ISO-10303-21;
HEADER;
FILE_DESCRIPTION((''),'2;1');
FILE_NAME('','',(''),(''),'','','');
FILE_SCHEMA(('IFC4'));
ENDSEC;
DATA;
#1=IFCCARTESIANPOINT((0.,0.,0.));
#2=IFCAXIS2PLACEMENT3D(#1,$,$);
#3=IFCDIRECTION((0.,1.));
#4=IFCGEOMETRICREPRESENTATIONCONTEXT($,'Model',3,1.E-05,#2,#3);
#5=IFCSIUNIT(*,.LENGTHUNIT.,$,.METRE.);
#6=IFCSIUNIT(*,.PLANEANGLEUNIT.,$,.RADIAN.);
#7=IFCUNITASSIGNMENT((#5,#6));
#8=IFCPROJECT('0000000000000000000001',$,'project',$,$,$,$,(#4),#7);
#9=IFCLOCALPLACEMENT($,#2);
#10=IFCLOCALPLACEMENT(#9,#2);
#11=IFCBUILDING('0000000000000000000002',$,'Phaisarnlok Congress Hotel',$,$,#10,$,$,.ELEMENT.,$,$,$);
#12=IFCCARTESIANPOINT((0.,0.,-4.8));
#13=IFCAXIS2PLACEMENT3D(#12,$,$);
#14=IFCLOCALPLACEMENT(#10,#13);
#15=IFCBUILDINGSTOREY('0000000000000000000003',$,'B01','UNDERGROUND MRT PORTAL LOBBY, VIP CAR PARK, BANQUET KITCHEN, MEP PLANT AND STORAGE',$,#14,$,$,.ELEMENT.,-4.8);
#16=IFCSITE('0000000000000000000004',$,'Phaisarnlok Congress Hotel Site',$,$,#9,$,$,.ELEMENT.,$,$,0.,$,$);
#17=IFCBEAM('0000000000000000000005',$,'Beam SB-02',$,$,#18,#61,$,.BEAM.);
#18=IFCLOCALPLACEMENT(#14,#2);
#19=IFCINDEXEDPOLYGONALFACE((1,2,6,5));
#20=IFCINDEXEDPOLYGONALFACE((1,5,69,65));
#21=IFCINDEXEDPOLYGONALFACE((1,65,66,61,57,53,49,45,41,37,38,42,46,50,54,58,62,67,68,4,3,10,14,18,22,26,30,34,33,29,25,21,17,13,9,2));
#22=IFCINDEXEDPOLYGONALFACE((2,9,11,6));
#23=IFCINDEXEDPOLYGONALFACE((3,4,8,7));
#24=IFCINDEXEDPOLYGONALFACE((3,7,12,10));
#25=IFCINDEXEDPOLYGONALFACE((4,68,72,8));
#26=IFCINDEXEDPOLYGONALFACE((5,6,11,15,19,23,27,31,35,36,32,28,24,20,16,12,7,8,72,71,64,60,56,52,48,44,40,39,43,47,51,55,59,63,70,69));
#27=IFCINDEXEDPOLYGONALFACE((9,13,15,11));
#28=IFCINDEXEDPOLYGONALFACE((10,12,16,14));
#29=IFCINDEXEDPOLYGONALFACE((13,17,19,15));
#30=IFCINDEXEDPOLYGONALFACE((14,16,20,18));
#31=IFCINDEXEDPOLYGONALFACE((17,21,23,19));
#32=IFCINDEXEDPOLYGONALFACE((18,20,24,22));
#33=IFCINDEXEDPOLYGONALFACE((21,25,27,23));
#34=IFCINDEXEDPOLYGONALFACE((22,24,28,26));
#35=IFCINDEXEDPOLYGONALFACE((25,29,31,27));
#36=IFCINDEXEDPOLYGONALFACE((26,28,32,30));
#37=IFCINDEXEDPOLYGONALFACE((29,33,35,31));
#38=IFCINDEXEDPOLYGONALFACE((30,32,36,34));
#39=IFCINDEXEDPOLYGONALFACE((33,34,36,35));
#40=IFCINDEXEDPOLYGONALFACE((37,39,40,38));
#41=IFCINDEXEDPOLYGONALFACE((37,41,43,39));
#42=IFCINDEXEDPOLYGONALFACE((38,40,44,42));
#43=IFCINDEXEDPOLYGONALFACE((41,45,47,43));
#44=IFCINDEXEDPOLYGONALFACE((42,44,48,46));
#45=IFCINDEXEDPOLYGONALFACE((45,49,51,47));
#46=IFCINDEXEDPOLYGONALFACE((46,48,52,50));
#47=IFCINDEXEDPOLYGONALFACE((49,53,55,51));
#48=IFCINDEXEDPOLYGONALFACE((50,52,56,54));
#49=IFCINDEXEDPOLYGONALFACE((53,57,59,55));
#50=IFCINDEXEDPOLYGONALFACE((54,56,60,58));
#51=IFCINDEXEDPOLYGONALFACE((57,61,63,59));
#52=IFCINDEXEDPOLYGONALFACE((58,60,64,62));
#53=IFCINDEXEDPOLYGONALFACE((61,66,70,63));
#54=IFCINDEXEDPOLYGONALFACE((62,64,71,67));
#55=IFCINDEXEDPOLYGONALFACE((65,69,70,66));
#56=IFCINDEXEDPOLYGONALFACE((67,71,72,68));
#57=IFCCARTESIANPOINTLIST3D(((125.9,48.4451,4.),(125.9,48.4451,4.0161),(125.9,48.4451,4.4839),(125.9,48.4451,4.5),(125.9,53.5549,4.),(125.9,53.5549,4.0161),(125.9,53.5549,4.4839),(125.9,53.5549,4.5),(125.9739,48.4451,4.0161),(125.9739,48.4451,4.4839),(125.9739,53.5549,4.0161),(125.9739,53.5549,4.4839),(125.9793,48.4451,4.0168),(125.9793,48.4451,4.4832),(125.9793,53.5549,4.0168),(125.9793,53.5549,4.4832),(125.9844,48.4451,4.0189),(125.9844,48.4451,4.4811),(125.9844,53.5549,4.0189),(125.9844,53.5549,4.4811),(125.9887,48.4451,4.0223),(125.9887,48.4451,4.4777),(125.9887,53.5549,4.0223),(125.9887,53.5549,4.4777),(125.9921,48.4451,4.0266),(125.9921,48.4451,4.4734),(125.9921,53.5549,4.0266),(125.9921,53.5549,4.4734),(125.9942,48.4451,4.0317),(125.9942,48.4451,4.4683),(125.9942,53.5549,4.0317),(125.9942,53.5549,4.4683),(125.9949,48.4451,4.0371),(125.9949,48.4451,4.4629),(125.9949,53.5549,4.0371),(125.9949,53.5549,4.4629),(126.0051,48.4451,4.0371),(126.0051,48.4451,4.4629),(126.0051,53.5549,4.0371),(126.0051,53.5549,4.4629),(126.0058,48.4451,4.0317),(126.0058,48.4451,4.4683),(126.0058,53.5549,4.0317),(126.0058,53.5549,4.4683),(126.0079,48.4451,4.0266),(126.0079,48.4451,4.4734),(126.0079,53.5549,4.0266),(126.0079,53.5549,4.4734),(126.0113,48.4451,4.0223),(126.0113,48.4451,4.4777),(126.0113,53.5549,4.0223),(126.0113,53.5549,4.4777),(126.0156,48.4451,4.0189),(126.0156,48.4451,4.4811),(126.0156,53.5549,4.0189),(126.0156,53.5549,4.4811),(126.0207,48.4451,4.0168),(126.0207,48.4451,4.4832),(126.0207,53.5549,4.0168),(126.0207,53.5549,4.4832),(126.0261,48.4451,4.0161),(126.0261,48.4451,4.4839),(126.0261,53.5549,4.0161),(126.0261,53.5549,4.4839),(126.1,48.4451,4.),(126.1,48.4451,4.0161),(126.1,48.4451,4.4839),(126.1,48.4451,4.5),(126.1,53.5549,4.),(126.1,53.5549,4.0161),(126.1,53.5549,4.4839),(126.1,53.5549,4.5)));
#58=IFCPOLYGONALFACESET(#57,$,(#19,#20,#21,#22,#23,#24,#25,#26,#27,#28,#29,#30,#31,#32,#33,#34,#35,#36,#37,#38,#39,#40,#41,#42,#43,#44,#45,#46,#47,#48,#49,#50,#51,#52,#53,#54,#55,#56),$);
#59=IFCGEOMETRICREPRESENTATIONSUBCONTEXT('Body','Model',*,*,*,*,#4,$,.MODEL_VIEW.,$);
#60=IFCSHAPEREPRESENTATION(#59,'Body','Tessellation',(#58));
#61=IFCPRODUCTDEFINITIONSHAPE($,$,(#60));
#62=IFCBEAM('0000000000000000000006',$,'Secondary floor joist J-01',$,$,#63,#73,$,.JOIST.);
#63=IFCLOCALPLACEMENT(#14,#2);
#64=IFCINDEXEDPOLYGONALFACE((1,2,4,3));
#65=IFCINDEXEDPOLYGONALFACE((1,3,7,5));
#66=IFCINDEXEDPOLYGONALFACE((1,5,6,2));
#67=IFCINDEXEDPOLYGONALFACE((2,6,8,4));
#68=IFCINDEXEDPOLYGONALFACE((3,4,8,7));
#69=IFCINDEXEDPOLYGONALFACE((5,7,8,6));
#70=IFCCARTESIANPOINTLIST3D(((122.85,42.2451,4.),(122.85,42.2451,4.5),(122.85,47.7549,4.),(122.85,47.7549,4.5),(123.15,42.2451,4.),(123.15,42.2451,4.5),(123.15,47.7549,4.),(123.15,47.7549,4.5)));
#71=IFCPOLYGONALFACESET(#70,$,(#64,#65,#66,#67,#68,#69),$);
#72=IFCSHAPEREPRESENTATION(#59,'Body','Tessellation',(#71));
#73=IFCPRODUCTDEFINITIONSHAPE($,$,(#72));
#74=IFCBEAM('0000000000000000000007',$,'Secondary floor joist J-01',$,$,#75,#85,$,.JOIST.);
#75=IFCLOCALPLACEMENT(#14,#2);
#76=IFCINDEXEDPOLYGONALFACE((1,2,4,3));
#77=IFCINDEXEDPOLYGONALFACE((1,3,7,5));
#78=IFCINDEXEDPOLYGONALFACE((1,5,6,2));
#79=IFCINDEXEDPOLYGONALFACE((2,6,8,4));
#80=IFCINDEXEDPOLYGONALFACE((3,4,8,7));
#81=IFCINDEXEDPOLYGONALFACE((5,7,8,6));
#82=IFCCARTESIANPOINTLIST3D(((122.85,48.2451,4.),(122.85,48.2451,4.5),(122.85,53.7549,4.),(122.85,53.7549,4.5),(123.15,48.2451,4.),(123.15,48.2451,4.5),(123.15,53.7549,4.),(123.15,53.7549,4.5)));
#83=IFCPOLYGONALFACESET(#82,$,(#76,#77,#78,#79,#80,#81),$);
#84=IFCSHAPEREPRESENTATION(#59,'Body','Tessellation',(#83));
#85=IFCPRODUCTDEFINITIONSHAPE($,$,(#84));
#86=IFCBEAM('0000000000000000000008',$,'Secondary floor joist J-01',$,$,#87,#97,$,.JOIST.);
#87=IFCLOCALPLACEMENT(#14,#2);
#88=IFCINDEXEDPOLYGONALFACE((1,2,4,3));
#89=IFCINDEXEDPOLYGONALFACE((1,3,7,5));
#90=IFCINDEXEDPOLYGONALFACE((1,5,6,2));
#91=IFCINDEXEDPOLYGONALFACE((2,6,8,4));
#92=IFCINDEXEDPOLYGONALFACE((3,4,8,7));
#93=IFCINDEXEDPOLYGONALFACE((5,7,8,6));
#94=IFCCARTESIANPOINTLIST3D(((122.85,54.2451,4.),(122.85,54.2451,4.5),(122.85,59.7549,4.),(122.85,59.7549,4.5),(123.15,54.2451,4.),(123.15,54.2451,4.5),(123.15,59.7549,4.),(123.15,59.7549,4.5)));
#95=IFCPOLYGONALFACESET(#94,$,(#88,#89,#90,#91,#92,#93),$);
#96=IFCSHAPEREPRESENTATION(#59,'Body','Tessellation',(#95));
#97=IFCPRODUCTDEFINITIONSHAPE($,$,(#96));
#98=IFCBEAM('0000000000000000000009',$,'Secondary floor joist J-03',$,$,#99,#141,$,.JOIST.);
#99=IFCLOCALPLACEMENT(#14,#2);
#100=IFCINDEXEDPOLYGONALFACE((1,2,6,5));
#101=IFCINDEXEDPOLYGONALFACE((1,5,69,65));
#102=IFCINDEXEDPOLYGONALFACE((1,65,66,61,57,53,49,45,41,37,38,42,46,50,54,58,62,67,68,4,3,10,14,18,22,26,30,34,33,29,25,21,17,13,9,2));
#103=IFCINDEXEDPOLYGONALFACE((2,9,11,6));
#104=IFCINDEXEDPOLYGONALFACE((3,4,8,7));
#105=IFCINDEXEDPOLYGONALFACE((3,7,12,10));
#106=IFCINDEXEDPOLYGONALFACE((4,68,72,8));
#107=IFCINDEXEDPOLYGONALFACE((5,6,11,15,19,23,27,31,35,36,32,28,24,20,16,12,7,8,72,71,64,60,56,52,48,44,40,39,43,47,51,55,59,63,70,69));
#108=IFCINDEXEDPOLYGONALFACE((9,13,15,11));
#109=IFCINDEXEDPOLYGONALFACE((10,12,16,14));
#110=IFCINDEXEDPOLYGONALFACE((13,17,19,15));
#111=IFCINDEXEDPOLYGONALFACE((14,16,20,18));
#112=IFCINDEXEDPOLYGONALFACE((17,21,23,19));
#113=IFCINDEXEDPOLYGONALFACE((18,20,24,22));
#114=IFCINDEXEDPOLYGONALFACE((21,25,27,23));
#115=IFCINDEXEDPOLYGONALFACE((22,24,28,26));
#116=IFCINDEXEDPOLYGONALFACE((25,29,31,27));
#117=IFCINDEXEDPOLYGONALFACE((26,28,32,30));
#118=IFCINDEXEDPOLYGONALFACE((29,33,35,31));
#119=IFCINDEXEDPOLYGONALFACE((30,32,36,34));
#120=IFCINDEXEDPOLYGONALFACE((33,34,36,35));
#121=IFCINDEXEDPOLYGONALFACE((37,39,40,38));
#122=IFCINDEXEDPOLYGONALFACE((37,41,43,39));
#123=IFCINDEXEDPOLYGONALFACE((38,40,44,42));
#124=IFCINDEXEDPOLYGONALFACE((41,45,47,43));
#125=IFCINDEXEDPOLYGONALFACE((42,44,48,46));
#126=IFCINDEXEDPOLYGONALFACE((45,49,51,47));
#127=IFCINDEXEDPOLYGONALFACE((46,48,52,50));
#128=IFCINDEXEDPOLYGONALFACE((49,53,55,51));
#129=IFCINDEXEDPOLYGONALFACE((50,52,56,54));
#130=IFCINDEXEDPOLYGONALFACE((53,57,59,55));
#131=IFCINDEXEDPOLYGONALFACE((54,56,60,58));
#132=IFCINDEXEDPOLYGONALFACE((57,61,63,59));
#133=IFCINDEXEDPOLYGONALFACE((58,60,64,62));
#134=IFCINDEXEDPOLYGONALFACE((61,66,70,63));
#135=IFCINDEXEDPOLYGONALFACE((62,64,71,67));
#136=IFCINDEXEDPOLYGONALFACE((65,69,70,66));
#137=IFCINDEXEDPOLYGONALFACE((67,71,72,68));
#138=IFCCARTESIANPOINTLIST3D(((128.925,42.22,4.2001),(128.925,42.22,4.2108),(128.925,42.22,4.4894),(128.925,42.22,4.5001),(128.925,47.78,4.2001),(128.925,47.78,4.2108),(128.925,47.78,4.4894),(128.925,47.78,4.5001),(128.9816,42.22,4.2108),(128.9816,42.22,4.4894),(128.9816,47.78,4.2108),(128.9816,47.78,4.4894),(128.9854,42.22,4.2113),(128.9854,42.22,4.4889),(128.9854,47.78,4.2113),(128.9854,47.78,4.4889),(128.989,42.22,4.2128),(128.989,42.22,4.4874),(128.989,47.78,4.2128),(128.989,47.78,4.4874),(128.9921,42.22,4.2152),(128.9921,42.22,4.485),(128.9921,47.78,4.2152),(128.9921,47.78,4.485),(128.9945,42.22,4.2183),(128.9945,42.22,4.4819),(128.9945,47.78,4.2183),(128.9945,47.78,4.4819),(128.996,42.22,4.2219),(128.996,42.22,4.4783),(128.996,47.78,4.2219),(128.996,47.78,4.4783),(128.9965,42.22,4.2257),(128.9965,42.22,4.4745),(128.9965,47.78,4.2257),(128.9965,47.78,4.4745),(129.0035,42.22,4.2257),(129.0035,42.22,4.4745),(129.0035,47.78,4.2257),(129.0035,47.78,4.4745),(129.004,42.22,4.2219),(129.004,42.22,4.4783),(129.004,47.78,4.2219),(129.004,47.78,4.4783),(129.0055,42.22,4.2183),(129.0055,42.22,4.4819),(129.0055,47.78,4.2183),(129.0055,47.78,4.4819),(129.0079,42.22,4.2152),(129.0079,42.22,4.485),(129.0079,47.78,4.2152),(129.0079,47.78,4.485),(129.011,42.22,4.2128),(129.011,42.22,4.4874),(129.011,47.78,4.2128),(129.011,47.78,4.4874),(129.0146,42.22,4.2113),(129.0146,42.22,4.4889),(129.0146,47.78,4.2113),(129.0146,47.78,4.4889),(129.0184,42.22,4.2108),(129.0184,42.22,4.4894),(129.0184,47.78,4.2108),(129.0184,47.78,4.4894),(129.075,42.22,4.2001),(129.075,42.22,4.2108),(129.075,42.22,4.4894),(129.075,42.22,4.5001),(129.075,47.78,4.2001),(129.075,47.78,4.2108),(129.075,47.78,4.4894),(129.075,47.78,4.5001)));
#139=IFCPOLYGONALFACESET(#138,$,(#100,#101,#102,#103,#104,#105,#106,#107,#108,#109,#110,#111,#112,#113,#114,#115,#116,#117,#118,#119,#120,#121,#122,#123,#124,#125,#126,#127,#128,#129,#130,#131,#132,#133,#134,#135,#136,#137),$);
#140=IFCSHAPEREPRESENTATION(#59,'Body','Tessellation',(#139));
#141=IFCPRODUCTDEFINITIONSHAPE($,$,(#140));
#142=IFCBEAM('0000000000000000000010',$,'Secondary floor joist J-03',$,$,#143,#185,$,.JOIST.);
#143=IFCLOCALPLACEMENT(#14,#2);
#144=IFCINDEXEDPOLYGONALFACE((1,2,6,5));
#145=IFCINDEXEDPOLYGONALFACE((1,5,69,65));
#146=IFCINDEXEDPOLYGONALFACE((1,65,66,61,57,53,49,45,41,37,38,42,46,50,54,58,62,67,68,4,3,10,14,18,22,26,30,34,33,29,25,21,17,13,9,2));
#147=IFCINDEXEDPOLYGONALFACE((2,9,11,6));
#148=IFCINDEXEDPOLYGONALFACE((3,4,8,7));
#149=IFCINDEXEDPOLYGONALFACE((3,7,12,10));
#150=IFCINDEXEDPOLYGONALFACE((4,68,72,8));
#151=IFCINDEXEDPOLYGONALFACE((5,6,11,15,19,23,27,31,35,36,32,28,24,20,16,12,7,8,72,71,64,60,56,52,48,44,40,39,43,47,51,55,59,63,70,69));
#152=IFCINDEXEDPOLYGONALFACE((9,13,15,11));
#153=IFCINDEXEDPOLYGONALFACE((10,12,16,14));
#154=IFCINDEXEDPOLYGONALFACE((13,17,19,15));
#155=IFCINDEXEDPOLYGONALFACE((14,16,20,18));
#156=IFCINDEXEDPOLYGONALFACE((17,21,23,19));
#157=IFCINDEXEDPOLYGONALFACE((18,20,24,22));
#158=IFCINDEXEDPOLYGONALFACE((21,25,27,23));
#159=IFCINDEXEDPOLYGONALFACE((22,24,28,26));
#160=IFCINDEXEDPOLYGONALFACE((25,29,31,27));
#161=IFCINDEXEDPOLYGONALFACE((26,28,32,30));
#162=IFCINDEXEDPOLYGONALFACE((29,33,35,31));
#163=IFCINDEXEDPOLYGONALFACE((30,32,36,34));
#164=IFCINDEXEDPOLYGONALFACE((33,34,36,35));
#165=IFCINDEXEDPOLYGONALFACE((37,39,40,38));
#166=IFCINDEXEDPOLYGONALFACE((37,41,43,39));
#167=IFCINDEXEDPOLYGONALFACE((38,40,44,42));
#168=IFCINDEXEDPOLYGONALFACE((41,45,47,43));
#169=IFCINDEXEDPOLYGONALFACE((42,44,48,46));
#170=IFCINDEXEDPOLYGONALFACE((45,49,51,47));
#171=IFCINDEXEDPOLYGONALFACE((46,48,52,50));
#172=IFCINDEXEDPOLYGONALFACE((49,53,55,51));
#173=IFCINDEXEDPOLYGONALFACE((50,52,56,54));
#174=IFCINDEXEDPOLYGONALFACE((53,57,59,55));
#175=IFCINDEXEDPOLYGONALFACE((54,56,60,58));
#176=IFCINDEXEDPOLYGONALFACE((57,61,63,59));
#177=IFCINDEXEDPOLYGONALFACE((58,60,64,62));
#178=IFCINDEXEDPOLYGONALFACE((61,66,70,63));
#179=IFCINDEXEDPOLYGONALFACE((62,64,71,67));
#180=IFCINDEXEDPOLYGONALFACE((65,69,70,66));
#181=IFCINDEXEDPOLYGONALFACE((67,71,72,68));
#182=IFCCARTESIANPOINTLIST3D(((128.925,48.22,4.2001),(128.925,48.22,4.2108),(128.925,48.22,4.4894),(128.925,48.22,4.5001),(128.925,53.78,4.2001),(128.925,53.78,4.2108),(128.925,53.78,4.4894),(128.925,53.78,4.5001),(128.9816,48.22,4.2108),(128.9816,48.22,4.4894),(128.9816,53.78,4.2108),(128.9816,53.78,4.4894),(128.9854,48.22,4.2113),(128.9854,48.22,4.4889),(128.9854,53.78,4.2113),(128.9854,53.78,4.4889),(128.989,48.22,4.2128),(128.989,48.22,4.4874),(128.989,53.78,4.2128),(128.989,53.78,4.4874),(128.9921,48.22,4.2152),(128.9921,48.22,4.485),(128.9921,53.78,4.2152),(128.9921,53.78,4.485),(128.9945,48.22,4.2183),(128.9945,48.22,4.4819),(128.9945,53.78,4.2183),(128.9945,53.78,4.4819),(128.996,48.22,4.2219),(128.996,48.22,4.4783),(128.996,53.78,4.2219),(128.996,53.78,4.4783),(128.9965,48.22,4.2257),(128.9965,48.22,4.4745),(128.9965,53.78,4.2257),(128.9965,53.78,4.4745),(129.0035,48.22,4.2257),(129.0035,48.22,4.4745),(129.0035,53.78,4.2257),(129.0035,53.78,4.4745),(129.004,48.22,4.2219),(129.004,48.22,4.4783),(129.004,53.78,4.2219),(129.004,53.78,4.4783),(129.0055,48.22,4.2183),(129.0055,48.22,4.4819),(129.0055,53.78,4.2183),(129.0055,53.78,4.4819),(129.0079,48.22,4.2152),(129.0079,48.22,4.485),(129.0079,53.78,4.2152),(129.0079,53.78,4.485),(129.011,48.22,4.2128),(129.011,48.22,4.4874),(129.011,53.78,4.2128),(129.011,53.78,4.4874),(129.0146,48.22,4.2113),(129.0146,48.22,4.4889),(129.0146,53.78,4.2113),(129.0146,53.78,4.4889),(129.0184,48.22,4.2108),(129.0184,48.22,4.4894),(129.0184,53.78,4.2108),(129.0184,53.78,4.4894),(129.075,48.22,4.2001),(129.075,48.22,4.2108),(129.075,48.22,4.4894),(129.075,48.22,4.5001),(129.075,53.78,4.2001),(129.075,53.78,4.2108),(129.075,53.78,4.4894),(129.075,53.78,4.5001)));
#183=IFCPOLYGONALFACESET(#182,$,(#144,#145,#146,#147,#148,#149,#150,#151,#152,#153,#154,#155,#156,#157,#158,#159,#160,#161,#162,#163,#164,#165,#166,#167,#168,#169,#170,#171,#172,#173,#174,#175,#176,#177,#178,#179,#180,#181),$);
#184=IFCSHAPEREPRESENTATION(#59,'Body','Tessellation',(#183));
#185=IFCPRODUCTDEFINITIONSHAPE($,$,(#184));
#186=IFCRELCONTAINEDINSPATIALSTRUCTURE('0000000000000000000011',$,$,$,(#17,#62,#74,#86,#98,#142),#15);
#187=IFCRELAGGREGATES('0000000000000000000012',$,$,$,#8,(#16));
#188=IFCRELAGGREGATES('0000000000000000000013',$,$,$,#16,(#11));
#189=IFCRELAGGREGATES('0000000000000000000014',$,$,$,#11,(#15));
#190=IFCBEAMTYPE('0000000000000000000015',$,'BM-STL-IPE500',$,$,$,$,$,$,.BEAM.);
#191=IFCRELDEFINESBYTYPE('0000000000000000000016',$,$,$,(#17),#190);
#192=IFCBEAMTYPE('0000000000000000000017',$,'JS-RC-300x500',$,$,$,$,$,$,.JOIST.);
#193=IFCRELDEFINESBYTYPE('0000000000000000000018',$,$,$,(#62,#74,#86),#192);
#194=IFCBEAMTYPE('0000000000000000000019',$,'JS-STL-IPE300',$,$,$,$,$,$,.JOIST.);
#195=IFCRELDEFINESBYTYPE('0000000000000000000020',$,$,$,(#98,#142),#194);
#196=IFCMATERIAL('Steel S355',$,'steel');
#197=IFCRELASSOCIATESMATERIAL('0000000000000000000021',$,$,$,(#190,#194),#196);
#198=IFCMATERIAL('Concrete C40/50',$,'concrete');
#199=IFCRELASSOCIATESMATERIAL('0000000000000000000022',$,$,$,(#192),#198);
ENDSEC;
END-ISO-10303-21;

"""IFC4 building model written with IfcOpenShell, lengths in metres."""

from ifc_helpers import new_model, si_unit, direction, frame, origin, origin_2d, place, context, subcontext, project, spatial, rectangle, i_section, extrude, material, material_profile, profile_set, type_object, element, save


model = new_model("IFC4")

# Units and contexts
model_context = context("Model", 3, precision=1e-05, world=origin(), true_north=direction((0.0, 1.0)))
body_context = subcontext(model_context, "Body", "Model", "MODEL_VIEW")
ifc_project = project(units=[si_unit("LENGTHUNIT", "METRE"), si_unit("PLANEANGLEUNIT", "RADIAN")], contexts=[model_context])

# Site, building, storey
site_placement = place(None, origin())
site = spatial("IfcSite", under=ifc_project, at=site_placement, Name="Phaisarnlok Congress Hotel Site", CompositionType="ELEMENT", RefElevation=0.0)
building_placement = place(site_placement, origin())
building = spatial("IfcBuilding", under=site, at=building_placement, Name="Phaisarnlok Congress Hotel", CompositionType="ELEMENT")
storey_placement = place(building_placement, frame((0.0, 0.0, -4.8)))
storey = spatial("IfcBuildingStorey", under=building, at=storey_placement, Name="B01", Description="UNDERGROUND MRT PORTAL LOBBY, VIP CAR PARK, BANQUET KITCHEN, MEP PLANT AND STORAGE", CompositionType="ELEMENT", Elevation=-4.8)

# Shared definitions
ifc_material_1 = material(Name="Concrete C40/50", Category="concrete")

# Beams
ifc_material_2 = material(Name="Steel S355", Category="steel")
ifc_material_profile_1 = material_profile(ifc_material_2, i_section(OverallWidth=0.2, OverallDepth=0.5, WebThickness=0.0103, FlangeThickness=0.0161, FilletRadius=0.021, at=origin_2d()), Name="IPE 500")
ifc_profile_set_1 = profile_set([ifc_material_profile_1], Name="Steel S355")
beam_type_1 = type_object("IfcBeamType", Name="BM-STL-IPE500", PredefinedType="BEAM", material=ifc_profile_set_1)
beam_placement = place(storey_placement, frame((126.0, 48.4451, 4.25), z_axis=(0.0, 1.0, 0.0), x_axis=(-1.0, 0.0, 0.0)))
element("IfcBeam", 1, at=beam_placement, inside=storey, type_object=beam_type_1, Name="Beam SB-02", PredefinedType="BEAM", context=body_context, shape_type="SweptSolid", body=[
    extrude(i_section(OverallWidth=0.2, OverallDepth=0.5, WebThickness=0.0103, FlangeThickness=0.0161, FilletRadius=0.021, at=origin_2d()), origin(), (0.0, 0.0, 1.0), 5.1099),
])
ifc_material_profile_2 = material_profile(ifc_material_1, rectangle(XDim=0.3, YDim=0.5, at=origin_2d()), Name="RC 300x500")
ifc_profile_set_2 = profile_set([ifc_material_profile_2], Name="Concrete C40/50")
beam_type_2 = type_object("IfcBeamType", Name="JS-RC-300x500", PredefinedType="JOIST", material=ifc_profile_set_2)
for number, where, z_axis, x_axis, name in (
    (2, (123.0, 42.2451, 4.25), (0.0, 1.0, 0.0), (-1.0, 0.0, 0.0), "Secondary floor joist J-01"),
    (3, (123.0, 48.2451, 4.25), (0.0, 1.0, 0.0), (-1.0, 0.0, 0.0), "Secondary floor joist J-01"),
    (4, (123.0, 54.2451, 4.25), (0.0, 1.0, 0.0), (-1.0, 0.0, 0.0), "Secondary floor joist J-01"),
):
    element("IfcBeam", number, at=place(storey_placement, frame(where, z_axis=z_axis, x_axis=x_axis)), inside=storey, type_object=beam_type_2, Name=name, PredefinedType="JOIST", context=body_context, shape_type="SweptSolid", body=[
        extrude(rectangle(XDim=0.3, YDim=0.5, at=origin_2d()), origin(), (0.0, 0.0, 1.0), 5.5098),
    ])
ifc_material_profile_3 = material_profile(ifc_material_2, i_section(OverallWidth=0.1499, OverallDepth=0.3, WebThickness=0.0071, FlangeThickness=0.0107, FilletRadius=0.0149, at=origin_2d()), Name="IPE 300")
ifc_profile_set_3 = profile_set([ifc_material_profile_3], Name="Steel S355")
beam_type_3 = type_object("IfcBeamType", Name="JS-STL-IPE300", PredefinedType="JOIST", material=ifc_profile_set_3)
for number, where, z_axis, x_axis, name in (
    (5, (129.0, 42.22, 4.3501), (0.0, 1.0, 0.0), (-1.0, 0.0, 0.0), "Secondary floor joist J-03"),
    (6, (129.0, 48.22, 4.3501), (0.0, 1.0, 0.0), (-1.0, 0.0, 0.0), "Secondary floor joist J-03"),
):
    element("IfcBeam", number, at=place(storey_placement, frame(where, z_axis=z_axis, x_axis=x_axis)), inside=storey, type_object=beam_type_3, Name=name, PredefinedType="JOIST", context=body_context, shape_type="SweptSolid", body=[
        extrude(i_section(OverallWidth=0.1499, OverallDepth=0.3, WebThickness=0.0071, FlangeThickness=0.0107, FilletRadius=0.0149, at=origin_2d()), origin(), (0.0, 0.0, 1.0), 5.5601),
    ])

save(model, "model.ifc")
